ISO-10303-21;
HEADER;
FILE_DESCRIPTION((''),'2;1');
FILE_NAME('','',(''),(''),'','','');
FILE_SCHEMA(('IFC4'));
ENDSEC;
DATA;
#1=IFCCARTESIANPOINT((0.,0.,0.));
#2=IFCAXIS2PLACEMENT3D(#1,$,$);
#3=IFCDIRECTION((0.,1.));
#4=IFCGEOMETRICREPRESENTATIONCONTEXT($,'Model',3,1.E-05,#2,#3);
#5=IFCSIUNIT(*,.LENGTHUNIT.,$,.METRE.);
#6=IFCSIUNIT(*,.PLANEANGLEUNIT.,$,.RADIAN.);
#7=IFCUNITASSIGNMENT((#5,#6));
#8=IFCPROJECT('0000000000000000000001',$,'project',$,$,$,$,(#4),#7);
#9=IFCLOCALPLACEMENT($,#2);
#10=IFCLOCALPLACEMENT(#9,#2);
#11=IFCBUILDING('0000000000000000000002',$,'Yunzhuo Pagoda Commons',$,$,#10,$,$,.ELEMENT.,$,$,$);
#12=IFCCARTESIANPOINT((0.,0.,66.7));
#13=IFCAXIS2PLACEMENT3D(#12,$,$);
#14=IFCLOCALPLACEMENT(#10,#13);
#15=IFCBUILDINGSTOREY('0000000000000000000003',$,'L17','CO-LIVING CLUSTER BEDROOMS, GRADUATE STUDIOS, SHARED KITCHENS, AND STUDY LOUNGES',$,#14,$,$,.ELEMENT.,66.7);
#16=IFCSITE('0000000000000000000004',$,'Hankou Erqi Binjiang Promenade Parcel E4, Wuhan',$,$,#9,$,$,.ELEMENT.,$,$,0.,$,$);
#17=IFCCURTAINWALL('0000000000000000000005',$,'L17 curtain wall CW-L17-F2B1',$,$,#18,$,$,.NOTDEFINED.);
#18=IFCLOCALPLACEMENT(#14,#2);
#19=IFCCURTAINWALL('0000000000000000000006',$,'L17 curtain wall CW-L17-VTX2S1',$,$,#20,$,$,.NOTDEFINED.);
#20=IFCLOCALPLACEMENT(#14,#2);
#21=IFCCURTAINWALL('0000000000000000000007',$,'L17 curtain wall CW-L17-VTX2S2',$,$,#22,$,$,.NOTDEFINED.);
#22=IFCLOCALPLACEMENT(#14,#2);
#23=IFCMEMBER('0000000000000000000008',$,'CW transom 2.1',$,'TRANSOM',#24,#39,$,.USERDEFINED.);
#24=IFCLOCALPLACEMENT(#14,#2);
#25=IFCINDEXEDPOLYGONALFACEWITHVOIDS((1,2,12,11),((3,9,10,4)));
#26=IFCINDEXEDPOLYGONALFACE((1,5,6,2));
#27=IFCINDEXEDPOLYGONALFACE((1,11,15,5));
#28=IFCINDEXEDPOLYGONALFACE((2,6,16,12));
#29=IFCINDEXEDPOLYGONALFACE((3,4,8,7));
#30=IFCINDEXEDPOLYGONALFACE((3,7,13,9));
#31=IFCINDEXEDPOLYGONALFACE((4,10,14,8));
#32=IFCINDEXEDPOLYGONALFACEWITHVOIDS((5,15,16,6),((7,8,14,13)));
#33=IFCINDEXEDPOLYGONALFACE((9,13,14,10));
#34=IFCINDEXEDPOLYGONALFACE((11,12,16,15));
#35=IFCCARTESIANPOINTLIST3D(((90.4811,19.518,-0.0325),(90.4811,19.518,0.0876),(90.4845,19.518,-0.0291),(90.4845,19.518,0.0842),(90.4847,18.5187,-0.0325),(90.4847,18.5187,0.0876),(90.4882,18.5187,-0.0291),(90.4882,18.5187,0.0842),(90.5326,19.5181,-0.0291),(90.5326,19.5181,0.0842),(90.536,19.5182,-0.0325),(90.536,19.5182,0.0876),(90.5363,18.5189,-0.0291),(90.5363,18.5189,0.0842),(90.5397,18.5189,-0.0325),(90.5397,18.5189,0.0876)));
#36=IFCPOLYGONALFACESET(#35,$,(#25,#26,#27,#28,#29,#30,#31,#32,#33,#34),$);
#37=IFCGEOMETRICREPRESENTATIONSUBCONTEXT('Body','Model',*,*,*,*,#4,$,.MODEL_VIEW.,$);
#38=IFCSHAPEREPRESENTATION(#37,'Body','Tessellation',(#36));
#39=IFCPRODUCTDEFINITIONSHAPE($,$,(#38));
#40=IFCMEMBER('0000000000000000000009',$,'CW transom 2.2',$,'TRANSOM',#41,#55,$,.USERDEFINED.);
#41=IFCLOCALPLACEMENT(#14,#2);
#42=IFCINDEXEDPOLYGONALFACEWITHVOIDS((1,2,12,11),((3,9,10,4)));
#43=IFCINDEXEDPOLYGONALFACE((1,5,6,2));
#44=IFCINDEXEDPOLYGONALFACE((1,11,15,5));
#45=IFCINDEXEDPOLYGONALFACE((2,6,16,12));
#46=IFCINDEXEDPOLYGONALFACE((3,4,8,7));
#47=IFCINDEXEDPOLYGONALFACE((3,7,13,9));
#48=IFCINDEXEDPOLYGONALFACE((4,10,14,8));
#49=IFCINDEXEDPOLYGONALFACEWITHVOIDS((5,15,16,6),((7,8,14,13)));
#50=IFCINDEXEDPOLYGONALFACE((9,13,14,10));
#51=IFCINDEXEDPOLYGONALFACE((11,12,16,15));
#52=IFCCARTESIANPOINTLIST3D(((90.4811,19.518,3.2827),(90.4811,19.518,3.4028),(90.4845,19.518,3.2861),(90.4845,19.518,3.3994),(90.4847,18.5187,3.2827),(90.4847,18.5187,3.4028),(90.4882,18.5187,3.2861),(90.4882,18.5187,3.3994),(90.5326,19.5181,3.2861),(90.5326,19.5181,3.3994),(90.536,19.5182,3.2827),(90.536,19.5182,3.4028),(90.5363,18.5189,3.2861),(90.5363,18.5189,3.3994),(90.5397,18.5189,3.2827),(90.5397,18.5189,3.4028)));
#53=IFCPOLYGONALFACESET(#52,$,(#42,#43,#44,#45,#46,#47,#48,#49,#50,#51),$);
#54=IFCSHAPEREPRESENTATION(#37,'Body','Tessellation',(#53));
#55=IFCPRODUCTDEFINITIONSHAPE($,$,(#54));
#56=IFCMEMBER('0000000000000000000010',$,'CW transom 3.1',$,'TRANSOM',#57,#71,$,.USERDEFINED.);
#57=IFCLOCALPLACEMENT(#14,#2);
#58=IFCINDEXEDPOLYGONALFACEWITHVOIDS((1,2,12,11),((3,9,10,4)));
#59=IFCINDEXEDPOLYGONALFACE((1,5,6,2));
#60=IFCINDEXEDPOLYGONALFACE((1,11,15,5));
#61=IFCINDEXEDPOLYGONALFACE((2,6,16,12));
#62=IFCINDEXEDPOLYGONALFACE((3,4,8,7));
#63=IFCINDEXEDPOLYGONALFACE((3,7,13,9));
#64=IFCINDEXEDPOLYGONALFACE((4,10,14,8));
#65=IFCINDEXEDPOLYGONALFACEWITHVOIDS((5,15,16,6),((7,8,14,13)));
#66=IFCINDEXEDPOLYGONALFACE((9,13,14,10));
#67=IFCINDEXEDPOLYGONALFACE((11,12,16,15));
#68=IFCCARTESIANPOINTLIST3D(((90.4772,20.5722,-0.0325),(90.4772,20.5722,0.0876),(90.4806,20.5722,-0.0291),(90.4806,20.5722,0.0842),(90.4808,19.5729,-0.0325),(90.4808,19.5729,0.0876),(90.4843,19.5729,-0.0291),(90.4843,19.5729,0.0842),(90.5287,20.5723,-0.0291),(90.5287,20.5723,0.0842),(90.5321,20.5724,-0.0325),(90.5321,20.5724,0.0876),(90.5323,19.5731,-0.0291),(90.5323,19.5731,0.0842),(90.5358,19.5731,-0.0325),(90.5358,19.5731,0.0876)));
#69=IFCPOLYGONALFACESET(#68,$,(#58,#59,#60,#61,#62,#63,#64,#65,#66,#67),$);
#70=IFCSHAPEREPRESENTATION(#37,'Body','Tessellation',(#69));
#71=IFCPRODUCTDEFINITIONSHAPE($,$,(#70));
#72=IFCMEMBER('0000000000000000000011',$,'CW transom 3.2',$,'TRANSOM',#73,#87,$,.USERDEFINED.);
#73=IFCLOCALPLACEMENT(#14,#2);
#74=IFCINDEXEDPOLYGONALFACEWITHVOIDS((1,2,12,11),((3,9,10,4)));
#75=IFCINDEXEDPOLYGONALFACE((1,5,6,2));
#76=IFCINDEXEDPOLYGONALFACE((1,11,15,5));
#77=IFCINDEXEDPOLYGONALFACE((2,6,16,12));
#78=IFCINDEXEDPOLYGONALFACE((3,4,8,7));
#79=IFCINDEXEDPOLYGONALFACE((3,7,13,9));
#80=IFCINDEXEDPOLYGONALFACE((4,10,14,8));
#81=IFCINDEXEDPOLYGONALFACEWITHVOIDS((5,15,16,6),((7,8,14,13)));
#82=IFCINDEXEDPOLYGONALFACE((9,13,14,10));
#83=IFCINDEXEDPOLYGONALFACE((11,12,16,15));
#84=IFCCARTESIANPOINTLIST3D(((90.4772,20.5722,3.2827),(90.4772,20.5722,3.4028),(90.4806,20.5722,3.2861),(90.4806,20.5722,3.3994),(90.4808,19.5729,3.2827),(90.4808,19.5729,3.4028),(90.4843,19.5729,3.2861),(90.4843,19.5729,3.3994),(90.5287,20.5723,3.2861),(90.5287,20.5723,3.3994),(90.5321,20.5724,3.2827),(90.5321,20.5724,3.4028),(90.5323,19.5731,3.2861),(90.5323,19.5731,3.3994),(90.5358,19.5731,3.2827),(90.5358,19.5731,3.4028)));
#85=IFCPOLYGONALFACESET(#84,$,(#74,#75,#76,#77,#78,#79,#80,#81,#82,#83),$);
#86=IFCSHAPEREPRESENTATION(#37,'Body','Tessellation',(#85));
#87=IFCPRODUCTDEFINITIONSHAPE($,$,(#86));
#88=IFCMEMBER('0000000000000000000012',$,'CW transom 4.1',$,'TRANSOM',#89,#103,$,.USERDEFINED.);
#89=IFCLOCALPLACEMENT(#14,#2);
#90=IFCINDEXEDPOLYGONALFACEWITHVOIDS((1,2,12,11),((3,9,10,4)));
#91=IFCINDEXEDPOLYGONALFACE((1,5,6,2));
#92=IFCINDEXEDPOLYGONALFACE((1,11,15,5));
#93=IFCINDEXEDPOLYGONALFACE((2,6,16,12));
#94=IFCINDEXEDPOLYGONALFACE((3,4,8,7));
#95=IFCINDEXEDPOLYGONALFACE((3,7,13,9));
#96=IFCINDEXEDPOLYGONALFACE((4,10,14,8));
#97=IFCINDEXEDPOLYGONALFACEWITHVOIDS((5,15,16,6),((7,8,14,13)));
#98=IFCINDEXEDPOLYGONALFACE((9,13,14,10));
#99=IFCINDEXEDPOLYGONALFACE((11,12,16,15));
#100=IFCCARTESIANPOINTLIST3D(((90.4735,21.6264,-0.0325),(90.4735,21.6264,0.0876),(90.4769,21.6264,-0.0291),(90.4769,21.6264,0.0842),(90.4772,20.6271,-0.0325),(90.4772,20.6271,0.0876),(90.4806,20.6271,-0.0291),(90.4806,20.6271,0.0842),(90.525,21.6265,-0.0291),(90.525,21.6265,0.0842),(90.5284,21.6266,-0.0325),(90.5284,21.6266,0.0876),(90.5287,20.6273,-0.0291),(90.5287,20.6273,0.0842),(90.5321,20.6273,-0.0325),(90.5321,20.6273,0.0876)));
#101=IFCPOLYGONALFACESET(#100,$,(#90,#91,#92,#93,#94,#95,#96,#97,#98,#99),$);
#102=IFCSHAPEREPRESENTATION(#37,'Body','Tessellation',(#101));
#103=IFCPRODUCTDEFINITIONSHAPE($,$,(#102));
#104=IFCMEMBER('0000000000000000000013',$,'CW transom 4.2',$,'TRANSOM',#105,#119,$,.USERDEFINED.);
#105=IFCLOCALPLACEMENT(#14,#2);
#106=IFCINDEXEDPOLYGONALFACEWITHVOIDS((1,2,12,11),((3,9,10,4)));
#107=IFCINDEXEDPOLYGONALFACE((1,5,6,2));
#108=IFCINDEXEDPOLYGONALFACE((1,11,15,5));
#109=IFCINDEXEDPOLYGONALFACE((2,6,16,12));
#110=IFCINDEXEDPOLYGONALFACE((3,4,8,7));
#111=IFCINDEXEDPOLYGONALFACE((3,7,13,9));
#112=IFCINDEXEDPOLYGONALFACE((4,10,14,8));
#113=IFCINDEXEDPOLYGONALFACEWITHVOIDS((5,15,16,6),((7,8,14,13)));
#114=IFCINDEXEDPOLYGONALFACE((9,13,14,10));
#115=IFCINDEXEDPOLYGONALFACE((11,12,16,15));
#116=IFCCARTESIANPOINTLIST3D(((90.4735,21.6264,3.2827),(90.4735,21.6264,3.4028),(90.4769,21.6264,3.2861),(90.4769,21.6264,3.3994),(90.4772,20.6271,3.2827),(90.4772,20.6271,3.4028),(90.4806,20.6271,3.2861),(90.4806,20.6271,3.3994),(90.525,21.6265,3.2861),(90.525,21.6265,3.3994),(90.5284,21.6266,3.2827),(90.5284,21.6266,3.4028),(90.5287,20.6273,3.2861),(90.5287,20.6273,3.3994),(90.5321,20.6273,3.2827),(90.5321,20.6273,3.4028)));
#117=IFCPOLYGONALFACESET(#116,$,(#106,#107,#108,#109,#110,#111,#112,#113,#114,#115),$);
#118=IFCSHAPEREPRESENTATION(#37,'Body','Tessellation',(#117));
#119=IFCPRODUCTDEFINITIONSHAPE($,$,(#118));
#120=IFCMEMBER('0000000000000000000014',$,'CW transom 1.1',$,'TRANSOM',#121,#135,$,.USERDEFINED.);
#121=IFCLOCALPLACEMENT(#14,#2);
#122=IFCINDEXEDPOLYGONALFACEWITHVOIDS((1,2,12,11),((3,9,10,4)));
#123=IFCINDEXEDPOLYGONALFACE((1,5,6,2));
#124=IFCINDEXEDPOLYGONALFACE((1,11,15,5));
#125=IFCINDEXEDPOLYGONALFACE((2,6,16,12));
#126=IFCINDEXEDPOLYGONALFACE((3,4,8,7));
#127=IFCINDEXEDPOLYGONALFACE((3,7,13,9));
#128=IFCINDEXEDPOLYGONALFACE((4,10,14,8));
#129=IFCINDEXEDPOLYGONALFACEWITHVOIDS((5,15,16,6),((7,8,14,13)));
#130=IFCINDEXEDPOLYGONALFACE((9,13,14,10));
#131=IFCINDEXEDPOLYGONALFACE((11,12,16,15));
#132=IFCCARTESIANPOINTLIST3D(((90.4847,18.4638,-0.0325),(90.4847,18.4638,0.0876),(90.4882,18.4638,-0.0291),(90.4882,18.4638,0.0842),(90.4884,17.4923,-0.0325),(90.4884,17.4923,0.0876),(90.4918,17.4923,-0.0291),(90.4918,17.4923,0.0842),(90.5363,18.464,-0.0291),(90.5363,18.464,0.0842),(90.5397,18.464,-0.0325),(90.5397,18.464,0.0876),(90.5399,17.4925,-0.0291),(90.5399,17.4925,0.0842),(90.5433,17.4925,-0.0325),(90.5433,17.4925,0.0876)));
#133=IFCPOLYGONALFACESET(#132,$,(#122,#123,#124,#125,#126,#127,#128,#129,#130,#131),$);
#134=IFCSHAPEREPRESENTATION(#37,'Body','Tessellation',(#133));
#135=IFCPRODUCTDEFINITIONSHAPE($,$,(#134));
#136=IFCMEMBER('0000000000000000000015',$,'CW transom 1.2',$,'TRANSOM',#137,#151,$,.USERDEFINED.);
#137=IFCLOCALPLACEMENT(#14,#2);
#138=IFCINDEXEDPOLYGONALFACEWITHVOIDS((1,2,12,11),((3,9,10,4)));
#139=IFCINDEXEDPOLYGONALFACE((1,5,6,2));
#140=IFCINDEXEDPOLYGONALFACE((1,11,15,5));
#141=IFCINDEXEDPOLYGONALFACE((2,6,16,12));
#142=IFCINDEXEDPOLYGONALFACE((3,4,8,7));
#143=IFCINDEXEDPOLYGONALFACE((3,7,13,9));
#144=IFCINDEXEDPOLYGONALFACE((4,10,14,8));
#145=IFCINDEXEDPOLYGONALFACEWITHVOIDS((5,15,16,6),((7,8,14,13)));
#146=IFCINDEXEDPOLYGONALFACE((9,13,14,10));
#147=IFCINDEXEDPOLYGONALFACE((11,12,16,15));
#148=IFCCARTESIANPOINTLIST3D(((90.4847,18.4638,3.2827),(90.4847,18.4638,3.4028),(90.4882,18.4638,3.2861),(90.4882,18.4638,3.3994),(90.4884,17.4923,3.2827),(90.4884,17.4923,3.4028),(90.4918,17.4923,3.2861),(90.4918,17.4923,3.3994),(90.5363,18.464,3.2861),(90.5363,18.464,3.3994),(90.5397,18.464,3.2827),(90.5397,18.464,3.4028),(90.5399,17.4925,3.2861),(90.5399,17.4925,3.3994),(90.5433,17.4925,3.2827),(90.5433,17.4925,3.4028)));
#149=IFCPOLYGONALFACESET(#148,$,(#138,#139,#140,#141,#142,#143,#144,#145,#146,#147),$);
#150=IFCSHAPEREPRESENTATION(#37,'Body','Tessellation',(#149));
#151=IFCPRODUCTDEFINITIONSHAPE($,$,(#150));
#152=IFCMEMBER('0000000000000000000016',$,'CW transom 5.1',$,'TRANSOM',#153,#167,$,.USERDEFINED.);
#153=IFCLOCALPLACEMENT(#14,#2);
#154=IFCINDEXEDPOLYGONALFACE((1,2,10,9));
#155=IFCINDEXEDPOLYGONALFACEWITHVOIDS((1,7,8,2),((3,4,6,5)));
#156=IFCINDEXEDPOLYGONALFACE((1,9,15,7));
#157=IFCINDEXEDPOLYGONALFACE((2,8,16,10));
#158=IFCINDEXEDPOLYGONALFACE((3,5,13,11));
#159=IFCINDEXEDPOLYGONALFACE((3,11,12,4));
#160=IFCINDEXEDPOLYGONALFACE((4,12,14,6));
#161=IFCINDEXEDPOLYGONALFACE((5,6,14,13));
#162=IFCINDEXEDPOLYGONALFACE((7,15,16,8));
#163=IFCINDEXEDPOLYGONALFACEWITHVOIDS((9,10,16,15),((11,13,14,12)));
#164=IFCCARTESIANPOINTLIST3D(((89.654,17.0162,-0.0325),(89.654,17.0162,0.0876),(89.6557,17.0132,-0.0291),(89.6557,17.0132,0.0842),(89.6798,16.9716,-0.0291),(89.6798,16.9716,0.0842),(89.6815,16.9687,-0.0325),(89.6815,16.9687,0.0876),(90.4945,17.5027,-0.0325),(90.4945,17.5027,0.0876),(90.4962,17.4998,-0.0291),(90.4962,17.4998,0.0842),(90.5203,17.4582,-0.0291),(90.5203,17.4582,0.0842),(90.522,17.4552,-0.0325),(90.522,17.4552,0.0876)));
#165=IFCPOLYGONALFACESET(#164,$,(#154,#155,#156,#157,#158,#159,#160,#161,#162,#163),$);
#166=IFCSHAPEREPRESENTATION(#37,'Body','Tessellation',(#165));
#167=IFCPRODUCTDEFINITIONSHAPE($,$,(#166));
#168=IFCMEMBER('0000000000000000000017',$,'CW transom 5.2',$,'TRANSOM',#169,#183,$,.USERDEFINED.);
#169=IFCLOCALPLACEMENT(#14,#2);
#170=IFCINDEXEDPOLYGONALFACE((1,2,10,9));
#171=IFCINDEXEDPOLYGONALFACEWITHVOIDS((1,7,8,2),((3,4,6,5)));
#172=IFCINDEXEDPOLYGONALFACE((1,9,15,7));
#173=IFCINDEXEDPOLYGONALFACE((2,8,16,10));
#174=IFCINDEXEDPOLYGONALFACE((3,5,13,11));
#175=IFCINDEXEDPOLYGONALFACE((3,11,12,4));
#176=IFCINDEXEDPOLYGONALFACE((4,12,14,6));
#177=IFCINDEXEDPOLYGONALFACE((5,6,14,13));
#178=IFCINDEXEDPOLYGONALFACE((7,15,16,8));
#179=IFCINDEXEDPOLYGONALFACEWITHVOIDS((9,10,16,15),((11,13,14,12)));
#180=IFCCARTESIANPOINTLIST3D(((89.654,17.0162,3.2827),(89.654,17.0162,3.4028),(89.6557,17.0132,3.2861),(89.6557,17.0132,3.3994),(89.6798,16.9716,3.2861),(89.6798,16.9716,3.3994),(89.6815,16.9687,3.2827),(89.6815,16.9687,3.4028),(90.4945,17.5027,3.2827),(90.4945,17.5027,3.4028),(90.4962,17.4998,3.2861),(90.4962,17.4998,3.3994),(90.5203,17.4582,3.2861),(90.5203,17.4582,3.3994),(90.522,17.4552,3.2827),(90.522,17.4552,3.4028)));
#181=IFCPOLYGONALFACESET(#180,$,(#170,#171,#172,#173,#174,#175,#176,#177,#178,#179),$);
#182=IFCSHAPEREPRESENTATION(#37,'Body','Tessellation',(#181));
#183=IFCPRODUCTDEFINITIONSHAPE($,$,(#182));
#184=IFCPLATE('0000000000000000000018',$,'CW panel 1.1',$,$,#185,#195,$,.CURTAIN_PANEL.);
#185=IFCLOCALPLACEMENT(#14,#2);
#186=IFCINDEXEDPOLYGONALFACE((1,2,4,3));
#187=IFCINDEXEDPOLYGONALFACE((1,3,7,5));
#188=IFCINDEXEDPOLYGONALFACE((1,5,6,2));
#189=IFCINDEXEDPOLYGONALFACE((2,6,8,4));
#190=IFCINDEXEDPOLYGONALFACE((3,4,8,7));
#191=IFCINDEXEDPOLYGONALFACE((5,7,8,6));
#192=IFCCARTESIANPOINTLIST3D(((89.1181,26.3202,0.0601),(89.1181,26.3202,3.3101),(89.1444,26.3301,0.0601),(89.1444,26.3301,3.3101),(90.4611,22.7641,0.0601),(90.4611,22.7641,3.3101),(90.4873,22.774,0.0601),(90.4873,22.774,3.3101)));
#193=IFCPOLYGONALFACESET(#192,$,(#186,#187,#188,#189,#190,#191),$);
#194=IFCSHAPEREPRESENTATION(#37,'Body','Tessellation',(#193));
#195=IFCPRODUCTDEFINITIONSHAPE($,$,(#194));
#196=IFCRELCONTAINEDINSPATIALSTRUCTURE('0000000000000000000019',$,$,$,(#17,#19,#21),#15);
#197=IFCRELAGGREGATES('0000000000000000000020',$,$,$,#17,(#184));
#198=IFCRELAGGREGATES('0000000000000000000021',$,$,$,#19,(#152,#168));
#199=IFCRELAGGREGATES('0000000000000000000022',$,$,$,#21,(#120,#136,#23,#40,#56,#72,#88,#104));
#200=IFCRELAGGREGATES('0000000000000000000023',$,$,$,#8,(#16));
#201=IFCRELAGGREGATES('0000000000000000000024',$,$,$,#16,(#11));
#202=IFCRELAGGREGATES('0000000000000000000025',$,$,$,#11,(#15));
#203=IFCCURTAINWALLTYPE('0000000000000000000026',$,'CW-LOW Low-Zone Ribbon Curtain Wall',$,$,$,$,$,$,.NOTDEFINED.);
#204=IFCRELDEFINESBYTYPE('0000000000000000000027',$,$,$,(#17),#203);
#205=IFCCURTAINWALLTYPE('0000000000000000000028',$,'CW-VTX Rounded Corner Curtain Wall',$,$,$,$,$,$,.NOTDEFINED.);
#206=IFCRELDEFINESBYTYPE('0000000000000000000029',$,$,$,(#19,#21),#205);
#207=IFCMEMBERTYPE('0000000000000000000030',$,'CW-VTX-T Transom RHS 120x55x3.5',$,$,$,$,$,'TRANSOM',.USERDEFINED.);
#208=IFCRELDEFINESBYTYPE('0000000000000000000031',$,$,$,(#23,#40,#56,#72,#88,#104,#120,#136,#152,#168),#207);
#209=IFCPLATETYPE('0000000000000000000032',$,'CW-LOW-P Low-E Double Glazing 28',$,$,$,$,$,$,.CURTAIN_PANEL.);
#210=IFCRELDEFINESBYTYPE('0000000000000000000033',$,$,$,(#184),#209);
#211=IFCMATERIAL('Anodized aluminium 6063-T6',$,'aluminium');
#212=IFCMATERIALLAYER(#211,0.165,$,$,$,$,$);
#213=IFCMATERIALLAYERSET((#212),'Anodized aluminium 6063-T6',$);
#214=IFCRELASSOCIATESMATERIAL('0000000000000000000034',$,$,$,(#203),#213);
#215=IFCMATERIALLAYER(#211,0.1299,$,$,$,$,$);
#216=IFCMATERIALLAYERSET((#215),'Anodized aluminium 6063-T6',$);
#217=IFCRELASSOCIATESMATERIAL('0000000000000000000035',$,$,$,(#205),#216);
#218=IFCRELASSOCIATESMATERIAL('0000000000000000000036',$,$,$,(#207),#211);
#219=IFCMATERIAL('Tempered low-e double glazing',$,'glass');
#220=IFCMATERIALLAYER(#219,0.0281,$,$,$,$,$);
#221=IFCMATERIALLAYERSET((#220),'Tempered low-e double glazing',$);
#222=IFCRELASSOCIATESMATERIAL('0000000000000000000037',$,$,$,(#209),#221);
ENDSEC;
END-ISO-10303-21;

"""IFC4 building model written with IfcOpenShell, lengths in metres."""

from ifc_helpers import new_model, si_unit, direction, frame, origin, origin_2d, place, context, subcontext, project, spatial, rectangle, hollow_rectangle, extrude, source, transform, mapped, material, layer, layer_set, material_profile, profile_set, type_object, element, aggregate, save


model = new_model("IFC4")

# Units and contexts
model_context = context("Model", 3, precision=1e-05, world=origin(), true_north=direction((0.0, 1.0)))
body_context = subcontext(model_context, "Body", "Model", "MODEL_VIEW")
ifc_project = project(units=[si_unit("LENGTHUNIT", "METRE"), si_unit("PLANEANGLEUNIT", "RADIAN")], contexts=[model_context])

# Site, building, storey
site_placement = place(None, origin())
site = spatial("IfcSite", under=ifc_project, at=site_placement, Name="Hankou Erqi Binjiang Promenade Parcel E4, Wuhan", CompositionType="ELEMENT", RefElevation=0.0)
building_placement = place(site_placement, origin())
building = spatial("IfcBuilding", under=site, at=building_placement, Name="Yunzhuo Pagoda Commons", CompositionType="ELEMENT")
storey_placement = place(building_placement, frame((0.0, 0.0, 66.7)))
storey = spatial("IfcBuildingStorey", under=building, at=storey_placement, Name="L17", Description="CO-LIVING CLUSTER BEDROOMS, GRADUATE STUDIOS, SHARED KITCHENS, AND STUDY LOUNGES", CompositionType="ELEMENT", Elevation=66.7)

# Curtain walls
ifc_material_1 = material(Name="Anodized aluminium 6063-T6", Category="aluminium")
ifc_layer_1 = layer(ifc_material_1, 0.165)
ifc_layer_set_1 = layer_set([ifc_layer_1], Name="Anodized aluminium 6063-T6")
curtain_wall_type_1 = type_object("IfcCurtainWallType", Name="CW-LOW Low-Zone Ribbon Curtain Wall", PredefinedType="NOTDEFINED", material=ifc_layer_set_1)
curtain_wall_1_placement = place(storey_placement, origin())
curtain_wall_1 = element("IfcCurtainWall", 1, at=curtain_wall_1_placement, inside=storey, type_object=curtain_wall_type_1, Name="L17 curtain wall CW-L17-F2B1", PredefinedType="NOTDEFINED")
ifc_layer_2 = layer(ifc_material_1, 0.1299)
ifc_layer_set_2 = layer_set([ifc_layer_2], Name="Anodized aluminium 6063-T6")
curtain_wall_type_2 = type_object("IfcCurtainWallType", Name="CW-VTX Rounded Corner Curtain Wall", PredefinedType="NOTDEFINED", material=ifc_layer_set_2)
curtain_wall_2_placement = place(storey_placement, origin())
curtain_wall_2 = element("IfcCurtainWall", 2, at=curtain_wall_2_placement, inside=storey, type_object=curtain_wall_type_2, Name="L17 curtain wall CW-L17-VTX2S1", PredefinedType="NOTDEFINED")

# Curtain wall
curtain_wall_3_placement = place(storey_placement, origin())
curtain_wall_3 = element("IfcCurtainWall", 3, at=curtain_wall_3_placement, inside=storey, type_object=curtain_wall_type_2, Name="L17 curtain wall CW-L17-VTX2S2", PredefinedType="NOTDEFINED")

# Members
ifc_material_profile_1 = material_profile(ifc_material_1, hollow_rectangle(XDim=0.0549, YDim=0.1201, WallThickness=0.0034, at=origin_2d()), Name="Anodized aluminium 6063-T6")
ifc_profile_set_1 = profile_set([ifc_material_profile_1], Name="Anodized aluminium 6063-T6")
member_type_1 = type_object("IfcMemberType", Name="CW-VTX-T Transom RHS 120x55x3.5", ElementType="TRANSOM", PredefinedType="USERDEFINED", material=ifc_profile_set_1)
shared_shape_1 = source(origin(), body_context, "Body", "SweptSolid", [
    extrude(hollow_rectangle(XDim=0.0549, YDim=0.1201, WallThickness=0.0034, at=origin_2d()), origin(), (0.0, 0.0, 1.0), 0.9993),
])
member_1_placement = place(storey_placement, frame((90.5122, 18.5188, 0.0276), z_axis=(-0.003665, 0.999993, 0.0), x_axis=(-0.999993, -0.003665, 0.0)))
member_1 = element("IfcMember", 4, at=member_1_placement, type_object=member_type_1, Name="CW transom 2.1", ObjectType="TRANSOM", PredefinedType="USERDEFINED", context=body_context, shape_type="MappedRepresentation", body=[
    mapped(shared_shape_1, transform((0.0, 0.0, 0.0), scale=1.0)),
])
member_2_placement = place(storey_placement, frame((90.5122, 18.5188, 3.3428), z_axis=(-0.003665, 0.999993, 0.0), x_axis=(-0.999993, -0.003665, 0.0)))
member_2 = element("IfcMember", 5, at=member_2_placement, type_object=member_type_1, Name="CW transom 2.2", ObjectType="TRANSOM", PredefinedType="USERDEFINED", context=body_context, shape_type="MappedRepresentation", body=[
    mapped(shared_shape_1, transform((0.0, 0.0, 0.0), scale=1.0)),
])
member_3_placement = place(storey_placement, frame((90.5083, 19.573, 0.0276), z_axis=(-0.003665, 0.999993, 0.0), x_axis=(-0.999993, -0.003665, 0.0)))
member_3 = element("IfcMember", 6, at=member_3_placement, type_object=member_type_1, Name="CW transom 3.1", ObjectType="TRANSOM", PredefinedType="USERDEFINED", context=body_context, shape_type="MappedRepresentation", body=[
    mapped(shared_shape_1, transform((0.0, 0.0, 0.0), scale=1.0)),
])
member_4_placement = place(storey_placement, frame((90.5083, 19.573, 3.3428), z_axis=(-0.003665, 0.999993, 0.0), x_axis=(-0.999993, -0.003665, 0.0)))
member_4 = element("IfcMember", 7, at=member_4_placement, type_object=member_type_1, Name="CW transom 3.2", ObjectType="TRANSOM", PredefinedType="USERDEFINED", context=body_context, shape_type="MappedRepresentation", body=[
    mapped(shared_shape_1, transform((0.0, 0.0, 0.0), scale=1.0)),
])
member_5_placement = place(storey_placement, frame((90.5046, 20.6272, 0.0276), z_axis=(-0.003665, 0.999993, 0.0), x_axis=(-0.999993, -0.003665, 0.0)))
member_5 = element("IfcMember", 8, at=member_5_placement, type_object=member_type_1, Name="CW transom 4.1", ObjectType="TRANSOM", PredefinedType="USERDEFINED", context=body_context, shape_type="MappedRepresentation", body=[
    mapped(shared_shape_1, transform((0.0, 0.0, 0.0), scale=1.0)),
])
member_6_placement = place(storey_placement, frame((90.5046, 20.6272, 3.3428), z_axis=(-0.003665, 0.999993, 0.0), x_axis=(-0.999993, -0.003665, 0.0)))
member_6 = element("IfcMember", 9, at=member_6_placement, type_object=member_type_1, Name="CW transom 4.2", ObjectType="TRANSOM", PredefinedType="USERDEFINED", context=body_context, shape_type="MappedRepresentation", body=[
    mapped(shared_shape_1, transform((0.0, 0.0, 0.0), scale=1.0)),
])
shared_shape_2 = source(origin(), body_context, "Body", "SweptSolid", [
    extrude(hollow_rectangle(XDim=0.0549, YDim=0.1201, WallThickness=0.0034, at=origin_2d()), origin(), (0.0, 0.0, 1.0), 0.9714),
])
member_7_placement = place(storey_placement, frame((90.5159, 17.4924, 0.0276), z_axis=(-0.00377, 0.999993, 0.0), x_axis=(-0.999993, -0.00377, 0.0)))
member_7 = element("IfcMember", 10, at=member_7_placement, type_object=member_type_1, Name="CW transom 1.1", ObjectType="TRANSOM", PredefinedType="USERDEFINED", context=body_context, shape_type="MappedRepresentation", body=[
    mapped(shared_shape_2, transform((0.0, 0.0, 0.0), scale=1.0)),
])
member_8_placement = place(storey_placement, frame((90.5159, 17.4924, 3.3428), z_axis=(-0.00377, 0.999993, 0.0), x_axis=(-0.999993, -0.00377, 0.0)))
member_8 = element("IfcMember", 11, at=member_8_placement, type_object=member_type_1, Name="CW transom 1.2", ObjectType="TRANSOM", PredefinedType="USERDEFINED", context=body_context, shape_type="MappedRepresentation", body=[
    mapped(shared_shape_2, transform((0.0, 0.0, 0.0), scale=1.0)),
])
shared_shape_3 = source(origin(), body_context, "Body", "SweptSolid", [
    extrude(hollow_rectangle(XDim=0.0549, YDim=0.1201, WallThickness=0.0034, at=origin_2d()), origin(), (0.0, 0.0, 1.0), 0.9712),
])
member_9_placement = place(storey_placement, frame((89.6677, 16.9924, 0.0276), z_axis=(0.865461, 0.500977, 0.0), x_axis=(-0.500977, 0.865461, 0.0)))
member_9 = element("IfcMember", 12, at=member_9_placement, type_object=member_type_1, Name="CW transom 5.1", ObjectType="TRANSOM", PredefinedType="USERDEFINED", context=body_context, shape_type="MappedRepresentation", body=[
    mapped(shared_shape_3, transform((0.0, 0.0, 0.0), scale=1.0)),
])
member_10_placement = place(storey_placement, frame((89.6677, 16.9924, 3.3428), z_axis=(0.865461, 0.500977, 0.0), x_axis=(-0.500977, 0.865461, 0.0)))
member_10 = element("IfcMember", 13, at=member_10_placement, type_object=member_type_1, Name="CW transom 5.2", ObjectType="TRANSOM", PredefinedType="USERDEFINED", context=body_context, shape_type="MappedRepresentation", body=[
    mapped(shared_shape_3, transform((0.0, 0.0, 0.0), scale=1.0)),
])

# Plate
ifc_material_2 = material(Name="Tempered low-e double glazing", Category="glass")
ifc_layer_3 = layer(ifc_material_2, 0.0281)
ifc_layer_set_3 = layer_set([ifc_layer_3], Name="Tempered low-e double glazing")
plate_type_1 = type_object("IfcPlateType", Name="CW-LOW-P Low-E Double Glazing 28", PredefinedType="CURTAIN_PANEL", material=ifc_layer_set_3)
shared_shape_4 = source(origin(), body_context, "Body", "SweptSolid", [
    extrude(rectangle(XDim=3.8013, YDim=0.0281, at=origin_2d()), origin(), (0.0, 0.0, 1.0), 3.25),
])
plate_1_placement = place(storey_placement, frame((89.8027, 24.5471, 0.0601), z_axis=(0.0, 0.0, 1.0), x_axis=(-0.353291, 0.935513, 0.0)))
plate_1 = element("IfcPlate", 14, at=plate_1_placement, type_object=plate_type_1, Name="CW panel 1.1", PredefinedType="CURTAIN_PANEL", context=body_context, shape_type="MappedRepresentation", body=[
    mapped(shared_shape_4, transform((0.0, 0.0, 0.0), scale=1.0)),
])
aggregate(curtain_wall_1, [plate_1])
aggregate(curtain_wall_2, [member_9, member_10])
aggregate(curtain_wall_3, [member_7, member_8, member_1, member_2, member_3, member_4, member_5, member_6])

save(model, "model.ifc")
